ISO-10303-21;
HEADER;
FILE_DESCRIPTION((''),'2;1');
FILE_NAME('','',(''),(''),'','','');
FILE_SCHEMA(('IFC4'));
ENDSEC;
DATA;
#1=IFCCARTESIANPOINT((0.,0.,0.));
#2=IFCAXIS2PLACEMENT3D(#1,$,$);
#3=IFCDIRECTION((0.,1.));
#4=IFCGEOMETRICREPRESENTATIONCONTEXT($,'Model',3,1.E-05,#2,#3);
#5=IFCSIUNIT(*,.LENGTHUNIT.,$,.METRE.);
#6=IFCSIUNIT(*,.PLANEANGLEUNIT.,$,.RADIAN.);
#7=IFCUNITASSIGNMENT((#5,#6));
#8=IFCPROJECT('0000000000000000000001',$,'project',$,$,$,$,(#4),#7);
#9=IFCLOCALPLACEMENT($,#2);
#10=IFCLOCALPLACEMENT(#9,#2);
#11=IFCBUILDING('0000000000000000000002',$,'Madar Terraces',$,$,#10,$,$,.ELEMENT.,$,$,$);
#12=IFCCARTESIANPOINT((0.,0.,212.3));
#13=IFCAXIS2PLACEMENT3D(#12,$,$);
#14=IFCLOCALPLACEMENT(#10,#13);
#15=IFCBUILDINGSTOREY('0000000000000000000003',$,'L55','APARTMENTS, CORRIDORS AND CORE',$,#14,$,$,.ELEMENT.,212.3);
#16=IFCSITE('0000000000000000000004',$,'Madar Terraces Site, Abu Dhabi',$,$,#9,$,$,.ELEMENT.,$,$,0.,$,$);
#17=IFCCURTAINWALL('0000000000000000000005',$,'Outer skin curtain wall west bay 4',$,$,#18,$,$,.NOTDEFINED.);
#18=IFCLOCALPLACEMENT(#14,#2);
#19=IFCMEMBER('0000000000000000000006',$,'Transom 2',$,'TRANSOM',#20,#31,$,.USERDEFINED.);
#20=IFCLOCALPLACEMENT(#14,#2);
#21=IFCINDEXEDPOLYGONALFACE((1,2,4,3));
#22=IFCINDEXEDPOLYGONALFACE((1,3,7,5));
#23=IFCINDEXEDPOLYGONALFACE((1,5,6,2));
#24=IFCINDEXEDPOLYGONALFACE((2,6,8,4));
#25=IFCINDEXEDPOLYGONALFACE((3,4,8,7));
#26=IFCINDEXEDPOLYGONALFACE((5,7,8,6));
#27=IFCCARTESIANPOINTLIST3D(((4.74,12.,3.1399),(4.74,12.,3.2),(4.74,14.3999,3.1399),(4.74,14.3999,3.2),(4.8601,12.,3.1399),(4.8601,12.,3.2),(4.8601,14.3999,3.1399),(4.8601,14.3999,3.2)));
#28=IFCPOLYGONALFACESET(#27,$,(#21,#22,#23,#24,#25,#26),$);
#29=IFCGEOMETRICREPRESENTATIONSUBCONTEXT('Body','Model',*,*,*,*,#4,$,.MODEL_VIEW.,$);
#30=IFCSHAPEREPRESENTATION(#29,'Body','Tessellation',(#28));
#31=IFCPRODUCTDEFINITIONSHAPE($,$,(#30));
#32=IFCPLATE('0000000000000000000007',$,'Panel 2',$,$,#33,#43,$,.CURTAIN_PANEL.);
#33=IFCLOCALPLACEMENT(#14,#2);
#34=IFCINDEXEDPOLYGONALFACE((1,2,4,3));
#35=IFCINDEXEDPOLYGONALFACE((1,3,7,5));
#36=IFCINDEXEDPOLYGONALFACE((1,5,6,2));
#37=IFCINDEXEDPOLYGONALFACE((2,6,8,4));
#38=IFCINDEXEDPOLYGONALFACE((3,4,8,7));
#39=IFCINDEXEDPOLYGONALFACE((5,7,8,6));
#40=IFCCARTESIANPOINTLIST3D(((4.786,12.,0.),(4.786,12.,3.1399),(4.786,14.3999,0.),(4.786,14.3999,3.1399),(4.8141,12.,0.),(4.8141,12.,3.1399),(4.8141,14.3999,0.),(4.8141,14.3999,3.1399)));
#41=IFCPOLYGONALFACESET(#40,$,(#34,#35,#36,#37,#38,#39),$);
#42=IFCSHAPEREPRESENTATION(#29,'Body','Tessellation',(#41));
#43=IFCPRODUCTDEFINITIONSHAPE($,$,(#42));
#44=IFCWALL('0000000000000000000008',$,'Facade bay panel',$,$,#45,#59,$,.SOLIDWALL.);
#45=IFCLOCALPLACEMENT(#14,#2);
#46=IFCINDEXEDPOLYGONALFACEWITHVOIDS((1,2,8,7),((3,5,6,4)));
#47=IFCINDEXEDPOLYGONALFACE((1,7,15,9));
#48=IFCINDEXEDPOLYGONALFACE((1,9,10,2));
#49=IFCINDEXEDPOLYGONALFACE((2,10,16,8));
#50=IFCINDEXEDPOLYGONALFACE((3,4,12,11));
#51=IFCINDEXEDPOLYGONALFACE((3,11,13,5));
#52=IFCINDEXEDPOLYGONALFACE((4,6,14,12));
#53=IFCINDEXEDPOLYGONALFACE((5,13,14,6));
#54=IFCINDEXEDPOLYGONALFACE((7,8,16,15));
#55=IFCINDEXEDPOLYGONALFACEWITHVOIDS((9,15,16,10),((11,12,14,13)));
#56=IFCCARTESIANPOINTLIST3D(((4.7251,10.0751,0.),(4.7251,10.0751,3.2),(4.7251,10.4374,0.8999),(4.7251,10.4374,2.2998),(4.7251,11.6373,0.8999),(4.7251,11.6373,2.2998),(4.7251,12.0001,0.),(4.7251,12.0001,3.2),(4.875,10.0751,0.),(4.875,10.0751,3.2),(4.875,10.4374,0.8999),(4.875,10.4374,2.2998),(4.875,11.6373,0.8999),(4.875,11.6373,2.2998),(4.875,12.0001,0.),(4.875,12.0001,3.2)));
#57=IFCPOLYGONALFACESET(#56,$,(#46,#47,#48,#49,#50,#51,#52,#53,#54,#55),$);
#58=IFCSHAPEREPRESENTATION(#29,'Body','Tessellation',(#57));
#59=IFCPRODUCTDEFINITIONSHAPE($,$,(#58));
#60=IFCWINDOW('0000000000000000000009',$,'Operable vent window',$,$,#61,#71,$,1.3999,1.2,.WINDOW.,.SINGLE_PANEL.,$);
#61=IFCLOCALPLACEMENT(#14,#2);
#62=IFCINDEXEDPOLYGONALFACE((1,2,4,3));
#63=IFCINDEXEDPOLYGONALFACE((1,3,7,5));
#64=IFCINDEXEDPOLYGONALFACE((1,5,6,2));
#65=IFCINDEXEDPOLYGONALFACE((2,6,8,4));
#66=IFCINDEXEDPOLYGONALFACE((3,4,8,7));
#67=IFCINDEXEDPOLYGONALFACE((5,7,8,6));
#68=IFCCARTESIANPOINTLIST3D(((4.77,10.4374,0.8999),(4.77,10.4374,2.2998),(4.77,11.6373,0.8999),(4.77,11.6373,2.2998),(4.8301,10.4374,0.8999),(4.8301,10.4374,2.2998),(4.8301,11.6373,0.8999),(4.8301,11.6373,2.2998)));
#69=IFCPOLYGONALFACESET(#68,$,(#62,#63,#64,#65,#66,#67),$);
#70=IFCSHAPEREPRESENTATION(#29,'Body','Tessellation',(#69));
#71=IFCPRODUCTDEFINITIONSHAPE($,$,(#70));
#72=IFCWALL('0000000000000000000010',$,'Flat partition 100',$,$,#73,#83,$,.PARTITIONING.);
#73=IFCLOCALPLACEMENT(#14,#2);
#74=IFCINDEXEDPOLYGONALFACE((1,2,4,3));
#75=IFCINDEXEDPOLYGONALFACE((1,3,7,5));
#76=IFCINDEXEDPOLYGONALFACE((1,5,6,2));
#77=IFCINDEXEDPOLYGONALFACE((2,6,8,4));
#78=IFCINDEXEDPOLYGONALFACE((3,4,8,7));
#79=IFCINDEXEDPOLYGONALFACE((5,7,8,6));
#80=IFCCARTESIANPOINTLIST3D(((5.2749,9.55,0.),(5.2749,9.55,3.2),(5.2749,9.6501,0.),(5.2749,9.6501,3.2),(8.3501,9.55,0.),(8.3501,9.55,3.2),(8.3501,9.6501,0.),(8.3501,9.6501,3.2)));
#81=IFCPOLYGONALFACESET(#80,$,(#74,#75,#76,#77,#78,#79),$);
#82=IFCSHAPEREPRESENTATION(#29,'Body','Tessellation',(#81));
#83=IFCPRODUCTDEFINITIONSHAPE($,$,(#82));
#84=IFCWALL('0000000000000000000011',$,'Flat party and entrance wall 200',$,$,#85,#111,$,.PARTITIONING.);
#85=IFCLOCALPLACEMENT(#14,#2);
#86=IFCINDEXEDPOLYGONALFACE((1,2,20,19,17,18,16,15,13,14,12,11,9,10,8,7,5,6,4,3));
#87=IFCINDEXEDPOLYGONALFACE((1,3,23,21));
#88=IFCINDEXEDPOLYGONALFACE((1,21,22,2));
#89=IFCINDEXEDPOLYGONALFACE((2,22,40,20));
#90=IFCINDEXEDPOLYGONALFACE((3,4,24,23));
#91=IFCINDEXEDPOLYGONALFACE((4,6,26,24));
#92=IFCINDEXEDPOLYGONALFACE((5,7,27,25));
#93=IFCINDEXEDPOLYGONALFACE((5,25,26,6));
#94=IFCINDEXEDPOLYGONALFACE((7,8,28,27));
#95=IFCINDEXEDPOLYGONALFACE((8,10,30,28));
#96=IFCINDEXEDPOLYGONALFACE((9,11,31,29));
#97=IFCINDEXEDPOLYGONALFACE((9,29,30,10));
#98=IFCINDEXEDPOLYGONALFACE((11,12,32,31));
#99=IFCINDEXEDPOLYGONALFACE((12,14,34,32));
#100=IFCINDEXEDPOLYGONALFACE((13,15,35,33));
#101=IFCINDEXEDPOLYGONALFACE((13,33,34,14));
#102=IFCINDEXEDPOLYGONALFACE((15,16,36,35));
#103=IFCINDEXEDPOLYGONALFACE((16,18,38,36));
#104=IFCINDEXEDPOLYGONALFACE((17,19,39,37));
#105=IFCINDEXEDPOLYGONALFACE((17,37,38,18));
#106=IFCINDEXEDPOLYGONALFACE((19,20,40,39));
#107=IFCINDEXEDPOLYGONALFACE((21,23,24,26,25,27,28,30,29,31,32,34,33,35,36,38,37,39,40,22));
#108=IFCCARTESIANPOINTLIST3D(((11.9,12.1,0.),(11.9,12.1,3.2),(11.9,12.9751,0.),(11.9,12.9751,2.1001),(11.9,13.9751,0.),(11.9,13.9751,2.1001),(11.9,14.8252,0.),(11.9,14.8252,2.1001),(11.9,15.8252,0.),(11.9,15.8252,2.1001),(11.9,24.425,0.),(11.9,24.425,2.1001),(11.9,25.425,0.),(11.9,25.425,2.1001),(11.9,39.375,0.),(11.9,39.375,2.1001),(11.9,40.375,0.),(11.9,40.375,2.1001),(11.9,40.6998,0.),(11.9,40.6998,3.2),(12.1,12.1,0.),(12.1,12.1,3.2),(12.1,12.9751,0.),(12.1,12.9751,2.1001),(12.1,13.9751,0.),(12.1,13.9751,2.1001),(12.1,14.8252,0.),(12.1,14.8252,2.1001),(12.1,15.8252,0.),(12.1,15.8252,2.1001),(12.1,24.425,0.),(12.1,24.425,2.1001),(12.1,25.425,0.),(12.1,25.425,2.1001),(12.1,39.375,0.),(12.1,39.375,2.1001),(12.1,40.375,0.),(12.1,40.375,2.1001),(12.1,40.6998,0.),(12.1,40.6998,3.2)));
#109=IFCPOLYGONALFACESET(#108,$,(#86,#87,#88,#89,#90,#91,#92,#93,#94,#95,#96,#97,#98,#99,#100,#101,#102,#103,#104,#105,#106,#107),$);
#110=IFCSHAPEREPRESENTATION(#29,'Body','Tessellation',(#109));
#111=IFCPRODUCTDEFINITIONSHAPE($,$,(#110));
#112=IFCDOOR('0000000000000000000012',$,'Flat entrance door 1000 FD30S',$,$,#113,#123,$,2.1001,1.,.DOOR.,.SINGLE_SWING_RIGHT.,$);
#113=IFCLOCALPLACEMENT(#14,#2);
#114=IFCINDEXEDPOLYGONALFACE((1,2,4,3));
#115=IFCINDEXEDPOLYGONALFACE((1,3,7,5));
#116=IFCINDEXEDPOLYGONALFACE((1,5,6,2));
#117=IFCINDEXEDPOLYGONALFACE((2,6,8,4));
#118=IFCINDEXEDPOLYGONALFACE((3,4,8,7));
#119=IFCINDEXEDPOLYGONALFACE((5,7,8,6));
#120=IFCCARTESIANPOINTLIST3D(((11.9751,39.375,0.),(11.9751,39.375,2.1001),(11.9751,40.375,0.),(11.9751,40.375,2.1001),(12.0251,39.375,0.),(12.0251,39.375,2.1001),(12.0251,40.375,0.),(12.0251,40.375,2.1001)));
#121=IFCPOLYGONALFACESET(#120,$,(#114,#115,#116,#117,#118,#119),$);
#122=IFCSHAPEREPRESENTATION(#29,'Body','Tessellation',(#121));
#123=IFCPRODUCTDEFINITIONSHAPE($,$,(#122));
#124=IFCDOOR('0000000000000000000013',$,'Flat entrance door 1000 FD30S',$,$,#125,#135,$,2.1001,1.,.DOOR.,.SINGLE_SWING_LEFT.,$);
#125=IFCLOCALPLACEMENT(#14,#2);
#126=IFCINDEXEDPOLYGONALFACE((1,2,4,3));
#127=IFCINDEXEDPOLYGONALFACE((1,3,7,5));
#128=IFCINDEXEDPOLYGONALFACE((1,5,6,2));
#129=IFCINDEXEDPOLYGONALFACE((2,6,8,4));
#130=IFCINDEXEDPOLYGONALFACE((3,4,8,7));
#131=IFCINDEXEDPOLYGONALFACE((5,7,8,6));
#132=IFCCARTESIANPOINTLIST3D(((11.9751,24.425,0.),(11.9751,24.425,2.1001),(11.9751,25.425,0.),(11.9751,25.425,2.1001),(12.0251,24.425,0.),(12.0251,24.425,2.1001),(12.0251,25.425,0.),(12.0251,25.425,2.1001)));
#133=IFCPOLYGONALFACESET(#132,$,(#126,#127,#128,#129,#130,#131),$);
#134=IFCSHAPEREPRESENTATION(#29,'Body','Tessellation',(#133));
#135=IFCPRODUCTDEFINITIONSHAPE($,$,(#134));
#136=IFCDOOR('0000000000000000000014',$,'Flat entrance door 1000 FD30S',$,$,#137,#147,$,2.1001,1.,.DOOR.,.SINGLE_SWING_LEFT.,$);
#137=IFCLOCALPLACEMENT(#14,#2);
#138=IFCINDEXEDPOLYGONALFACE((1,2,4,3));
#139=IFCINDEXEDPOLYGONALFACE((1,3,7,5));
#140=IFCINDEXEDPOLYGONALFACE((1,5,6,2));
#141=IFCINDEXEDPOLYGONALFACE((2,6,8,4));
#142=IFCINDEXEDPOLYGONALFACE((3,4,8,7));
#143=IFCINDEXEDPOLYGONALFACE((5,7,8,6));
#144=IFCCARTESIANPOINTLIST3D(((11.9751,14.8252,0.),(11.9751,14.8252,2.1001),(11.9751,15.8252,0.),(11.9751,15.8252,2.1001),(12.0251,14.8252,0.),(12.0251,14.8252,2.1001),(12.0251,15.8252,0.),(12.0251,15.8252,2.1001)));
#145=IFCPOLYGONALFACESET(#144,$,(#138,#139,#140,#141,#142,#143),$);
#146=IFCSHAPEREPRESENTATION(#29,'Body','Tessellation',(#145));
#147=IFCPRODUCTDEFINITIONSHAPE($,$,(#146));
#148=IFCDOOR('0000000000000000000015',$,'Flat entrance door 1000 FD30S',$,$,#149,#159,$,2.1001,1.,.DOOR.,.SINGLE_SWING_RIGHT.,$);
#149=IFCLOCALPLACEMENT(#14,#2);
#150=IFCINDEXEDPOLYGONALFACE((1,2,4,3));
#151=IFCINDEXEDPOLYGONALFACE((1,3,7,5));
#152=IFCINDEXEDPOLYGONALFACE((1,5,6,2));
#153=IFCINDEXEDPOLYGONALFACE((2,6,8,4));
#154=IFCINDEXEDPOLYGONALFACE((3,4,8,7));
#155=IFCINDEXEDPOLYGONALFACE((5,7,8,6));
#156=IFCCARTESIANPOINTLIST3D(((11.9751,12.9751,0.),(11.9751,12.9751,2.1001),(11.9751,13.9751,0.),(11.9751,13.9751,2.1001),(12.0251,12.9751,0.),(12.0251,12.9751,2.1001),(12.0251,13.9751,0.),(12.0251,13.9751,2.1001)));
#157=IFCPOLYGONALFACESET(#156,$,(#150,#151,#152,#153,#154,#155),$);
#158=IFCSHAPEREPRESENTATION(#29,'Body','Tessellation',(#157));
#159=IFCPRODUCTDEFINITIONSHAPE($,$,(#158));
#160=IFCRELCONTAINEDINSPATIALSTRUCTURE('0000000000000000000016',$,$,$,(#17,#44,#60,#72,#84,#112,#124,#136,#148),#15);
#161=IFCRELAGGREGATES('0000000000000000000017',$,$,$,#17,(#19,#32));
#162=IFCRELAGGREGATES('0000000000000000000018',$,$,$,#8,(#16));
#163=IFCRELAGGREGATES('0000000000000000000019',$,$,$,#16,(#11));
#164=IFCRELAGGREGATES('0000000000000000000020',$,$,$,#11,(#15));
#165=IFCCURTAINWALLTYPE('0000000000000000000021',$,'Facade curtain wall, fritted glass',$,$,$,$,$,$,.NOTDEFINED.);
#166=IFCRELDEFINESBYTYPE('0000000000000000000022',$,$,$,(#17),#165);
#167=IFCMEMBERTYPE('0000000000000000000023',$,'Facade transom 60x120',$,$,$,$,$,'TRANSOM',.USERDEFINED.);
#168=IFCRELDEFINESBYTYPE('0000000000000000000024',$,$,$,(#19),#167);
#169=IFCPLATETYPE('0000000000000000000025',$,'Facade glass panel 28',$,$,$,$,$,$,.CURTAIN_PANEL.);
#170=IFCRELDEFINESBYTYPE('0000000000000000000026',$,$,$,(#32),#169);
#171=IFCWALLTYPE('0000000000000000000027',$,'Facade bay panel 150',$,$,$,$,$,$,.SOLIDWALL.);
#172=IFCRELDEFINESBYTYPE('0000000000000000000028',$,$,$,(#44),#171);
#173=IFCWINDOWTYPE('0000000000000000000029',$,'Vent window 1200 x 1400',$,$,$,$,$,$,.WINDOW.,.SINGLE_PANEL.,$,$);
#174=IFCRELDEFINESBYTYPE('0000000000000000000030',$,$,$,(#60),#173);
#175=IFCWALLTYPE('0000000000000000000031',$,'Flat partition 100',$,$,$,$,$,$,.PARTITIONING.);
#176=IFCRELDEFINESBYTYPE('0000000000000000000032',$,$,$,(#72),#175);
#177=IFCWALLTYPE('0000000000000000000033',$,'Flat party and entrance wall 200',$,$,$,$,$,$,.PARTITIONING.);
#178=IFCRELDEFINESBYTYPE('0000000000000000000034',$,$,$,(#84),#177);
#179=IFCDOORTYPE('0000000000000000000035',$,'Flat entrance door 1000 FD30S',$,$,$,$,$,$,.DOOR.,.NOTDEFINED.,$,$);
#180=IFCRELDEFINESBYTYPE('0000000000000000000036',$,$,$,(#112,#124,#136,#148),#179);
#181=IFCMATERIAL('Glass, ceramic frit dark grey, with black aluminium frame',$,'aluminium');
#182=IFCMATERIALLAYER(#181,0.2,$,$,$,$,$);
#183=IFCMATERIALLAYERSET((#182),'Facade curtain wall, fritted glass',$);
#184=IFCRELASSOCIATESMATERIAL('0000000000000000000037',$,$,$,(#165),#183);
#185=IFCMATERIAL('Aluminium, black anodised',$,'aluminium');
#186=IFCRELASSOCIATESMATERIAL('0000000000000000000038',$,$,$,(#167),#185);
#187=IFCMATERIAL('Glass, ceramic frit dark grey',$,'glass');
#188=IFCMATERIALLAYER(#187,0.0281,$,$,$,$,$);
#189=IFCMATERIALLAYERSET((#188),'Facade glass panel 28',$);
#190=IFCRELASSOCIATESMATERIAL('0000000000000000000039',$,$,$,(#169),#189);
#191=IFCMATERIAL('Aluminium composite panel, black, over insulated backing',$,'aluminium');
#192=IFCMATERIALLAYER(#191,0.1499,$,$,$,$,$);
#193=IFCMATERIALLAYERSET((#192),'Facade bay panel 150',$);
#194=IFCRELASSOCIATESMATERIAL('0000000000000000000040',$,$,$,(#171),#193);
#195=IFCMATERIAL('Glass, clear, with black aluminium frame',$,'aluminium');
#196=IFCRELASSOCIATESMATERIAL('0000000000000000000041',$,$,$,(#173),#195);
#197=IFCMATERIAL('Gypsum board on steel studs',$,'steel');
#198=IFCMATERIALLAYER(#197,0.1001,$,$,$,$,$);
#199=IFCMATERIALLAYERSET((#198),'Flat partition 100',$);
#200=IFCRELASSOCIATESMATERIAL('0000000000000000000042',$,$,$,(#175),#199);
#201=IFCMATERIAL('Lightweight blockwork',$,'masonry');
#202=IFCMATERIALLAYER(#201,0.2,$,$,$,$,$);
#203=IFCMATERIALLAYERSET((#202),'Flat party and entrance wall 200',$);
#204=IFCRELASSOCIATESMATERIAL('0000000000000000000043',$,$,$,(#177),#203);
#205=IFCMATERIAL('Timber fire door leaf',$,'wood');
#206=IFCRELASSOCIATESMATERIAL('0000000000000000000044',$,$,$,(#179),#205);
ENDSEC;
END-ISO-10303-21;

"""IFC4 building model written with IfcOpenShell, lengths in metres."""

from ifc_helpers import new_model, si_unit, direction, frame, frame_2d, origin, origin_2d, place, context, subcontext, project, spatial, rectangle, extrude, material, layer, layer_set, material_profile, profile_set, type_object, element, fill, aggregate, save


model = new_model("IFC4")

# Units and contexts
model_context = context("Model", 3, precision=1e-05, world=origin(), true_north=direction((0.0, 1.0)))
body_context = subcontext(model_context, "Body", "Model", "MODEL_VIEW")
ifc_project = project(units=[si_unit("LENGTHUNIT", "METRE"), si_unit("PLANEANGLEUNIT", "RADIAN")], contexts=[model_context])

# Site, building, storey
site_placement = place(None, origin())
site = spatial("IfcSite", under=ifc_project, at=site_placement, Name="Madar Terraces Site, Abu Dhabi", CompositionType="ELEMENT", RefElevation=0.0)
building_placement = place(site_placement, origin())
building = spatial("IfcBuilding", under=site, at=building_placement, Name="Madar Terraces", CompositionType="ELEMENT")
storey_placement = place(building_placement, frame((0.0, 0.0, 212.3)))
storey = spatial("IfcBuildingStorey", under=building, at=storey_placement, Name="L55", Description="APARTMENTS, CORRIDORS AND CORE", CompositionType="ELEMENT", Elevation=212.3)

# Curtain wall, member, plate
ifc_material_1 = material(Name="Glass, ceramic frit dark grey, with black aluminium frame", Category="aluminium")
ifc_layer_1 = layer(ifc_material_1, 0.2)
ifc_layer_set_1 = layer_set([ifc_layer_1], Name="Facade curtain wall, fritted glass")
curtain_wall_type = type_object("IfcCurtainWallType", Name="Facade curtain wall, fritted glass", PredefinedType="NOTDEFINED", material=ifc_layer_set_1)
curtain_wall_placement = place(storey_placement, origin())
curtain_wall = element("IfcCurtainWall", 1, at=curtain_wall_placement, inside=storey, type_object=curtain_wall_type, Name="Outer skin curtain wall west bay 4", PredefinedType="NOTDEFINED")
ifc_material_2 = material(Name="Aluminium, black anodised", Category="aluminium")
ifc_material_profile = material_profile(ifc_material_2, rectangle(XDim=0.1201, YDim=0.0601, at=origin_2d()), Name="Facade transom 60x120")
ifc_profile_set = profile_set([ifc_material_profile], Name="Aluminium, black anodised")
member_type = type_object("IfcMemberType", Name="Facade transom 60x120", ElementType="TRANSOM", PredefinedType="USERDEFINED", material=ifc_profile_set)
member_placement = place(storey_placement, frame((4.8, 14.3999, 3.1699), z_axis=(0.0, -1.0, 0.0), x_axis=(1.0, 0.0, 0.0)))
member = element("IfcMember", 2, at=member_placement, type_object=member_type, Name="Transom 2", ObjectType="TRANSOM", PredefinedType="USERDEFINED", context=body_context, shape_type="SweptSolid", body=[
    extrude(rectangle(XDim=0.1201, YDim=0.0601, at=origin_2d()), origin(), (0.0, 0.0, 1.0), 2.3999),
])
ifc_material_3 = material(Name="Glass, ceramic frit dark grey", Category="glass")
ifc_layer_2 = layer(ifc_material_3, 0.0281)
ifc_layer_set_2 = layer_set([ifc_layer_2], Name="Facade glass panel 28")
plate_type = type_object("IfcPlateType", Name="Facade glass panel 28", PredefinedType="CURTAIN_PANEL", material=ifc_layer_set_2)
plate_placement = place(storey_placement, frame((4.8, 13.2, 0.0), z_axis=(0.0, 0.0, 1.0), x_axis=(0.0, -1.0, 0.0)))
plate = element("IfcPlate", 3, at=plate_placement, type_object=plate_type, Name="Panel 2", PredefinedType="CURTAIN_PANEL", context=body_context, shape_type="SweptSolid", body=[
    extrude(rectangle(XDim=2.3999, YDim=0.0281, at=origin_2d()), origin(), (0.0, 0.0, 1.0), 3.1399),
])
aggregate(curtain_wall, [member, plate])

# Wall, opening, window
ifc_material_4 = material(Name="Aluminium composite panel, black, over insulated backing", Category="aluminium")
ifc_layer_3 = layer(ifc_material_4, 0.1499)
ifc_layer_set_3 = layer_set([ifc_layer_3], Name="Facade bay panel 150")
wall_type_1 = type_object("IfcWallType", Name="Facade bay panel 150", PredefinedType="SOLIDWALL", material=ifc_layer_set_3)
wall_1_placement = place(storey_placement, frame((4.8, 12.0, 0.0), z_axis=(0.0, 0.0, 1.0), x_axis=(0.0, -1.0, 0.0)))
wall_1 = element("IfcWall", 4, at=wall_1_placement, inside=storey, type_object=wall_type_1, Name="Facade bay panel", PredefinedType="SOLIDWALL", context=body_context, shape_type="SweptSolid", body=[
    extrude(rectangle(XDim=1.925, YDim=0.1499, at=frame_2d((0.9624, 0.0))), origin(), (0.0, 0.0, 1.0), 3.2),
])
opening_1_placement = place(wall_1_placement, frame((0.3625, 0.0, 0.8999)))
opening_1 = element("IfcOpeningElement", 5, at=opening_1_placement, cuts=wall_1, PredefinedType="OPENING", context=body_context, shape_type="SweptSolid", body=[
    extrude(rectangle(XDim=1.2, YDim=1.3999, at=frame_2d((0.6001, 0.7))), frame((0.0, 0.085, 0.0), z_axis=(0.0, -1.0, 0.0), x_axis=(1.0, 0.0, 0.0)), (0.0, 0.0, 1.0), 0.1699),
])
ifc_material_5 = material(Name="Glass, clear, with black aluminium frame", Category="aluminium")
window_type = type_object("IfcWindowType", Name="Vent window 1200 x 1400", PartitioningType="SINGLE_PANEL", PredefinedType="WINDOW", material=ifc_material_5)
window_placement = place(opening_1_placement, origin())
window = element("IfcWindow", 6, at=window_placement, inside=storey, type_object=window_type, Name="Operable vent window", OverallHeight=1.3999, OverallWidth=1.2, PartitioningType="SINGLE_PANEL", PredefinedType="WINDOW", context=body_context, shape_type="SweptSolid", body=[
    extrude(rectangle(XDim=1.2, YDim=1.3999, at=frame_2d((0.6001, 0.7))), frame((0.0, 0.03, 0.0), z_axis=(0.0, -1.0, 0.0), x_axis=(1.0, 0.0, 0.0)), (0.0, 0.0, 1.0), 0.0601),
])
fill(opening_1, window)

# Wall
ifc_material_6 = material(Name="Gypsum board on steel studs", Category="steel")
ifc_layer_4 = layer(ifc_material_6, 0.1001)
ifc_layer_set_4 = layer_set([ifc_layer_4], Name="Flat partition 100")
wall_type_2 = type_object("IfcWallType", Name="Flat partition 100", PredefinedType="PARTITIONING", material=ifc_layer_set_4)
wall_2_placement = place(storey_placement, frame((8.3501, 9.6001, 0.0), z_axis=(0.0, 0.0, 1.0), x_axis=(-1.0, 0.0, 0.0)))
element("IfcWall", 7, at=wall_2_placement, inside=storey, type_object=wall_type_2, Name="Flat partition 100", PredefinedType="PARTITIONING", context=body_context, shape_type="SweptSolid", body=[
    extrude(rectangle(XDim=3.0752, YDim=0.1001, at=frame_2d((1.5376, 0.0))), origin(), (0.0, 0.0, 1.0), 3.2),
])

# Wall, openings, doors
ifc_material_7 = material(Name="Lightweight blockwork", Category="masonry")
ifc_layer_5 = layer(ifc_material_7, 0.2)
ifc_layer_set_5 = layer_set([ifc_layer_5], Name="Flat party and entrance wall 200")
wall_type_3 = type_object("IfcWallType", Name="Flat party and entrance wall 200", PredefinedType="PARTITIONING", material=ifc_layer_set_5)
wall_3_placement = place(storey_placement, frame((12.0, 12.1001, 0.0), z_axis=(0.0, 0.0, 1.0), x_axis=(0.0, 1.0, 0.0)))
wall_3 = element("IfcWall", 8, at=wall_3_placement, inside=storey, type_object=wall_type_3, Name="Flat party and entrance wall 200", PredefinedType="PARTITIONING", context=body_context, shape_type="SweptSolid", body=[
    extrude(rectangle(XDim=28.5999, YDim=0.2, at=frame_2d((14.2998, 0.0))), origin(), (0.0, 0.0, 1.0), 3.2),
])
opening_2_placement = place(wall_3_placement, frame((27.2749, 0.0, 0.0)))
opening_2 = element("IfcOpeningElement", 9, at=opening_2_placement, cuts=wall_3, PredefinedType="OPENING", context=body_context, shape_type="SweptSolid", body=[
    extrude(rectangle(XDim=1.0, YDim=2.1001, at=frame_2d((0.5, 1.05))), frame((0.0, 0.1099, 0.0), z_axis=(0.0, -1.0, 0.0), x_axis=(1.0, 0.0, 0.0)), (0.0, 0.0, 1.0), 0.22),
])
opening_3_placement = place(wall_3_placement, frame((12.325, 0.0, 0.0)))
opening_3 = element("IfcOpeningElement", 10, at=opening_3_placement, cuts=wall_3, PredefinedType="OPENING", context=body_context, shape_type="SweptSolid", body=[
    extrude(rectangle(XDim=1.0, YDim=2.1001, at=frame_2d((0.5, 1.05))), frame((0.0, 0.1099, 0.0), z_axis=(0.0, -1.0, 0.0), x_axis=(1.0, 0.0, 0.0)), (0.0, 0.0, 1.0), 0.22),
])
opening_4_placement = place(wall_3_placement, frame((2.7251, 0.0, 0.0)))
opening_4 = element("IfcOpeningElement", 11, at=opening_4_placement, cuts=wall_3, PredefinedType="OPENING", context=body_context, shape_type="SweptSolid", body=[
    extrude(rectangle(XDim=1.0, YDim=2.1001, at=frame_2d((0.5, 1.05))), frame((0.0, 0.1099, 0.0), z_axis=(0.0, -1.0, 0.0), x_axis=(1.0, 0.0, 0.0)), (0.0, 0.0, 1.0), 0.22),
])
opening_5_placement = place(wall_3_placement, frame((0.875, 0.0, 0.0)))
opening_5 = element("IfcOpeningElement", 12, at=opening_5_placement, cuts=wall_3, PredefinedType="OPENING", context=body_context, shape_type="SweptSolid", body=[
    extrude(rectangle(XDim=1.0, YDim=2.1001, at=frame_2d((0.5, 1.05))), frame((0.0, 0.1099, 0.0), z_axis=(0.0, -1.0, 0.0), x_axis=(1.0, 0.0, 0.0)), (0.0, 0.0, 1.0), 0.22),
])
ifc_material_8 = material(Name="Timber fire door leaf", Category="wood")
door_type_1 = type_object("IfcDoorType", Name="Flat entrance door 1000 FD30S", OperationType="NOTDEFINED", PredefinedType="DOOR", material=ifc_material_8)
door_1_placement = place(opening_2_placement, origin())
door_1 = element("IfcDoor", 13, at=door_1_placement, inside=storey, type_object=door_type_1, Name="Flat entrance door 1000 FD30S", OperationType="SINGLE_SWING_RIGHT", OverallHeight=2.1001, OverallWidth=1.0, PredefinedType="DOOR", context=body_context, shape_type="SweptSolid", body=[
    extrude(rectangle(XDim=1.0, YDim=2.1001, at=frame_2d((0.5, 1.05))), frame((0.0, 0.0249, 0.0), z_axis=(0.0, -1.0, 0.0), x_axis=(1.0, 0.0, 0.0)), (0.0, 0.0, 1.0), 0.05),
])
fill(opening_2, door_1)
door_2_placement = place(opening_3_placement, origin())
door_2 = element("IfcDoor", 14, at=door_2_placement, inside=storey, type_object=door_type_1, Name="Flat entrance door 1000 FD30S", OperationType="SINGLE_SWING_LEFT", OverallHeight=2.1001, OverallWidth=1.0, PredefinedType="DOOR", context=body_context, shape_type="SweptSolid", body=[
    extrude(rectangle(XDim=1.0, YDim=2.1001, at=frame_2d((0.5, 1.05))), frame((0.0, 0.0249, 0.0), z_axis=(0.0, -1.0, 0.0), x_axis=(1.0, 0.0, 0.0)), (0.0, 0.0, 1.0), 0.05),
])
fill(opening_3, door_2)
door_3_placement = place(opening_4_placement, origin())
door_3 = element("IfcDoor", 15, at=door_3_placement, inside=storey, type_object=door_type_1, Name="Flat entrance door 1000 FD30S", OperationType="SINGLE_SWING_LEFT", OverallHeight=2.1001, OverallWidth=1.0, PredefinedType="DOOR", context=body_context, shape_type="SweptSolid", body=[
    extrude(rectangle(XDim=1.0, YDim=2.1001, at=frame_2d((0.5, 1.05))), frame((0.0, 0.0249, 0.0), z_axis=(0.0, -1.0, 0.0), x_axis=(1.0, 0.0, 0.0)), (0.0, 0.0, 1.0), 0.05),
])
fill(opening_4, door_3)
door_4_placement = place(opening_5_placement, origin())
door_4 = element("IfcDoor", 16, at=door_4_placement, inside=storey, type_object=door_type_1, Name="Flat entrance door 1000 FD30S", OperationType="SINGLE_SWING_RIGHT", OverallHeight=2.1001, OverallWidth=1.0, PredefinedType="DOOR", context=body_context, shape_type="SweptSolid", body=[
    extrude(rectangle(XDim=1.0, YDim=2.1001, at=frame_2d((0.5, 1.05))), frame((0.0, 0.0249, 0.0), z_axis=(0.0, -1.0, 0.0), x_axis=(1.0, 0.0, 0.0)), (0.0, 0.0, 1.0), 0.05),
])
fill(opening_5, door_4)

save(model, "model.ifc")
